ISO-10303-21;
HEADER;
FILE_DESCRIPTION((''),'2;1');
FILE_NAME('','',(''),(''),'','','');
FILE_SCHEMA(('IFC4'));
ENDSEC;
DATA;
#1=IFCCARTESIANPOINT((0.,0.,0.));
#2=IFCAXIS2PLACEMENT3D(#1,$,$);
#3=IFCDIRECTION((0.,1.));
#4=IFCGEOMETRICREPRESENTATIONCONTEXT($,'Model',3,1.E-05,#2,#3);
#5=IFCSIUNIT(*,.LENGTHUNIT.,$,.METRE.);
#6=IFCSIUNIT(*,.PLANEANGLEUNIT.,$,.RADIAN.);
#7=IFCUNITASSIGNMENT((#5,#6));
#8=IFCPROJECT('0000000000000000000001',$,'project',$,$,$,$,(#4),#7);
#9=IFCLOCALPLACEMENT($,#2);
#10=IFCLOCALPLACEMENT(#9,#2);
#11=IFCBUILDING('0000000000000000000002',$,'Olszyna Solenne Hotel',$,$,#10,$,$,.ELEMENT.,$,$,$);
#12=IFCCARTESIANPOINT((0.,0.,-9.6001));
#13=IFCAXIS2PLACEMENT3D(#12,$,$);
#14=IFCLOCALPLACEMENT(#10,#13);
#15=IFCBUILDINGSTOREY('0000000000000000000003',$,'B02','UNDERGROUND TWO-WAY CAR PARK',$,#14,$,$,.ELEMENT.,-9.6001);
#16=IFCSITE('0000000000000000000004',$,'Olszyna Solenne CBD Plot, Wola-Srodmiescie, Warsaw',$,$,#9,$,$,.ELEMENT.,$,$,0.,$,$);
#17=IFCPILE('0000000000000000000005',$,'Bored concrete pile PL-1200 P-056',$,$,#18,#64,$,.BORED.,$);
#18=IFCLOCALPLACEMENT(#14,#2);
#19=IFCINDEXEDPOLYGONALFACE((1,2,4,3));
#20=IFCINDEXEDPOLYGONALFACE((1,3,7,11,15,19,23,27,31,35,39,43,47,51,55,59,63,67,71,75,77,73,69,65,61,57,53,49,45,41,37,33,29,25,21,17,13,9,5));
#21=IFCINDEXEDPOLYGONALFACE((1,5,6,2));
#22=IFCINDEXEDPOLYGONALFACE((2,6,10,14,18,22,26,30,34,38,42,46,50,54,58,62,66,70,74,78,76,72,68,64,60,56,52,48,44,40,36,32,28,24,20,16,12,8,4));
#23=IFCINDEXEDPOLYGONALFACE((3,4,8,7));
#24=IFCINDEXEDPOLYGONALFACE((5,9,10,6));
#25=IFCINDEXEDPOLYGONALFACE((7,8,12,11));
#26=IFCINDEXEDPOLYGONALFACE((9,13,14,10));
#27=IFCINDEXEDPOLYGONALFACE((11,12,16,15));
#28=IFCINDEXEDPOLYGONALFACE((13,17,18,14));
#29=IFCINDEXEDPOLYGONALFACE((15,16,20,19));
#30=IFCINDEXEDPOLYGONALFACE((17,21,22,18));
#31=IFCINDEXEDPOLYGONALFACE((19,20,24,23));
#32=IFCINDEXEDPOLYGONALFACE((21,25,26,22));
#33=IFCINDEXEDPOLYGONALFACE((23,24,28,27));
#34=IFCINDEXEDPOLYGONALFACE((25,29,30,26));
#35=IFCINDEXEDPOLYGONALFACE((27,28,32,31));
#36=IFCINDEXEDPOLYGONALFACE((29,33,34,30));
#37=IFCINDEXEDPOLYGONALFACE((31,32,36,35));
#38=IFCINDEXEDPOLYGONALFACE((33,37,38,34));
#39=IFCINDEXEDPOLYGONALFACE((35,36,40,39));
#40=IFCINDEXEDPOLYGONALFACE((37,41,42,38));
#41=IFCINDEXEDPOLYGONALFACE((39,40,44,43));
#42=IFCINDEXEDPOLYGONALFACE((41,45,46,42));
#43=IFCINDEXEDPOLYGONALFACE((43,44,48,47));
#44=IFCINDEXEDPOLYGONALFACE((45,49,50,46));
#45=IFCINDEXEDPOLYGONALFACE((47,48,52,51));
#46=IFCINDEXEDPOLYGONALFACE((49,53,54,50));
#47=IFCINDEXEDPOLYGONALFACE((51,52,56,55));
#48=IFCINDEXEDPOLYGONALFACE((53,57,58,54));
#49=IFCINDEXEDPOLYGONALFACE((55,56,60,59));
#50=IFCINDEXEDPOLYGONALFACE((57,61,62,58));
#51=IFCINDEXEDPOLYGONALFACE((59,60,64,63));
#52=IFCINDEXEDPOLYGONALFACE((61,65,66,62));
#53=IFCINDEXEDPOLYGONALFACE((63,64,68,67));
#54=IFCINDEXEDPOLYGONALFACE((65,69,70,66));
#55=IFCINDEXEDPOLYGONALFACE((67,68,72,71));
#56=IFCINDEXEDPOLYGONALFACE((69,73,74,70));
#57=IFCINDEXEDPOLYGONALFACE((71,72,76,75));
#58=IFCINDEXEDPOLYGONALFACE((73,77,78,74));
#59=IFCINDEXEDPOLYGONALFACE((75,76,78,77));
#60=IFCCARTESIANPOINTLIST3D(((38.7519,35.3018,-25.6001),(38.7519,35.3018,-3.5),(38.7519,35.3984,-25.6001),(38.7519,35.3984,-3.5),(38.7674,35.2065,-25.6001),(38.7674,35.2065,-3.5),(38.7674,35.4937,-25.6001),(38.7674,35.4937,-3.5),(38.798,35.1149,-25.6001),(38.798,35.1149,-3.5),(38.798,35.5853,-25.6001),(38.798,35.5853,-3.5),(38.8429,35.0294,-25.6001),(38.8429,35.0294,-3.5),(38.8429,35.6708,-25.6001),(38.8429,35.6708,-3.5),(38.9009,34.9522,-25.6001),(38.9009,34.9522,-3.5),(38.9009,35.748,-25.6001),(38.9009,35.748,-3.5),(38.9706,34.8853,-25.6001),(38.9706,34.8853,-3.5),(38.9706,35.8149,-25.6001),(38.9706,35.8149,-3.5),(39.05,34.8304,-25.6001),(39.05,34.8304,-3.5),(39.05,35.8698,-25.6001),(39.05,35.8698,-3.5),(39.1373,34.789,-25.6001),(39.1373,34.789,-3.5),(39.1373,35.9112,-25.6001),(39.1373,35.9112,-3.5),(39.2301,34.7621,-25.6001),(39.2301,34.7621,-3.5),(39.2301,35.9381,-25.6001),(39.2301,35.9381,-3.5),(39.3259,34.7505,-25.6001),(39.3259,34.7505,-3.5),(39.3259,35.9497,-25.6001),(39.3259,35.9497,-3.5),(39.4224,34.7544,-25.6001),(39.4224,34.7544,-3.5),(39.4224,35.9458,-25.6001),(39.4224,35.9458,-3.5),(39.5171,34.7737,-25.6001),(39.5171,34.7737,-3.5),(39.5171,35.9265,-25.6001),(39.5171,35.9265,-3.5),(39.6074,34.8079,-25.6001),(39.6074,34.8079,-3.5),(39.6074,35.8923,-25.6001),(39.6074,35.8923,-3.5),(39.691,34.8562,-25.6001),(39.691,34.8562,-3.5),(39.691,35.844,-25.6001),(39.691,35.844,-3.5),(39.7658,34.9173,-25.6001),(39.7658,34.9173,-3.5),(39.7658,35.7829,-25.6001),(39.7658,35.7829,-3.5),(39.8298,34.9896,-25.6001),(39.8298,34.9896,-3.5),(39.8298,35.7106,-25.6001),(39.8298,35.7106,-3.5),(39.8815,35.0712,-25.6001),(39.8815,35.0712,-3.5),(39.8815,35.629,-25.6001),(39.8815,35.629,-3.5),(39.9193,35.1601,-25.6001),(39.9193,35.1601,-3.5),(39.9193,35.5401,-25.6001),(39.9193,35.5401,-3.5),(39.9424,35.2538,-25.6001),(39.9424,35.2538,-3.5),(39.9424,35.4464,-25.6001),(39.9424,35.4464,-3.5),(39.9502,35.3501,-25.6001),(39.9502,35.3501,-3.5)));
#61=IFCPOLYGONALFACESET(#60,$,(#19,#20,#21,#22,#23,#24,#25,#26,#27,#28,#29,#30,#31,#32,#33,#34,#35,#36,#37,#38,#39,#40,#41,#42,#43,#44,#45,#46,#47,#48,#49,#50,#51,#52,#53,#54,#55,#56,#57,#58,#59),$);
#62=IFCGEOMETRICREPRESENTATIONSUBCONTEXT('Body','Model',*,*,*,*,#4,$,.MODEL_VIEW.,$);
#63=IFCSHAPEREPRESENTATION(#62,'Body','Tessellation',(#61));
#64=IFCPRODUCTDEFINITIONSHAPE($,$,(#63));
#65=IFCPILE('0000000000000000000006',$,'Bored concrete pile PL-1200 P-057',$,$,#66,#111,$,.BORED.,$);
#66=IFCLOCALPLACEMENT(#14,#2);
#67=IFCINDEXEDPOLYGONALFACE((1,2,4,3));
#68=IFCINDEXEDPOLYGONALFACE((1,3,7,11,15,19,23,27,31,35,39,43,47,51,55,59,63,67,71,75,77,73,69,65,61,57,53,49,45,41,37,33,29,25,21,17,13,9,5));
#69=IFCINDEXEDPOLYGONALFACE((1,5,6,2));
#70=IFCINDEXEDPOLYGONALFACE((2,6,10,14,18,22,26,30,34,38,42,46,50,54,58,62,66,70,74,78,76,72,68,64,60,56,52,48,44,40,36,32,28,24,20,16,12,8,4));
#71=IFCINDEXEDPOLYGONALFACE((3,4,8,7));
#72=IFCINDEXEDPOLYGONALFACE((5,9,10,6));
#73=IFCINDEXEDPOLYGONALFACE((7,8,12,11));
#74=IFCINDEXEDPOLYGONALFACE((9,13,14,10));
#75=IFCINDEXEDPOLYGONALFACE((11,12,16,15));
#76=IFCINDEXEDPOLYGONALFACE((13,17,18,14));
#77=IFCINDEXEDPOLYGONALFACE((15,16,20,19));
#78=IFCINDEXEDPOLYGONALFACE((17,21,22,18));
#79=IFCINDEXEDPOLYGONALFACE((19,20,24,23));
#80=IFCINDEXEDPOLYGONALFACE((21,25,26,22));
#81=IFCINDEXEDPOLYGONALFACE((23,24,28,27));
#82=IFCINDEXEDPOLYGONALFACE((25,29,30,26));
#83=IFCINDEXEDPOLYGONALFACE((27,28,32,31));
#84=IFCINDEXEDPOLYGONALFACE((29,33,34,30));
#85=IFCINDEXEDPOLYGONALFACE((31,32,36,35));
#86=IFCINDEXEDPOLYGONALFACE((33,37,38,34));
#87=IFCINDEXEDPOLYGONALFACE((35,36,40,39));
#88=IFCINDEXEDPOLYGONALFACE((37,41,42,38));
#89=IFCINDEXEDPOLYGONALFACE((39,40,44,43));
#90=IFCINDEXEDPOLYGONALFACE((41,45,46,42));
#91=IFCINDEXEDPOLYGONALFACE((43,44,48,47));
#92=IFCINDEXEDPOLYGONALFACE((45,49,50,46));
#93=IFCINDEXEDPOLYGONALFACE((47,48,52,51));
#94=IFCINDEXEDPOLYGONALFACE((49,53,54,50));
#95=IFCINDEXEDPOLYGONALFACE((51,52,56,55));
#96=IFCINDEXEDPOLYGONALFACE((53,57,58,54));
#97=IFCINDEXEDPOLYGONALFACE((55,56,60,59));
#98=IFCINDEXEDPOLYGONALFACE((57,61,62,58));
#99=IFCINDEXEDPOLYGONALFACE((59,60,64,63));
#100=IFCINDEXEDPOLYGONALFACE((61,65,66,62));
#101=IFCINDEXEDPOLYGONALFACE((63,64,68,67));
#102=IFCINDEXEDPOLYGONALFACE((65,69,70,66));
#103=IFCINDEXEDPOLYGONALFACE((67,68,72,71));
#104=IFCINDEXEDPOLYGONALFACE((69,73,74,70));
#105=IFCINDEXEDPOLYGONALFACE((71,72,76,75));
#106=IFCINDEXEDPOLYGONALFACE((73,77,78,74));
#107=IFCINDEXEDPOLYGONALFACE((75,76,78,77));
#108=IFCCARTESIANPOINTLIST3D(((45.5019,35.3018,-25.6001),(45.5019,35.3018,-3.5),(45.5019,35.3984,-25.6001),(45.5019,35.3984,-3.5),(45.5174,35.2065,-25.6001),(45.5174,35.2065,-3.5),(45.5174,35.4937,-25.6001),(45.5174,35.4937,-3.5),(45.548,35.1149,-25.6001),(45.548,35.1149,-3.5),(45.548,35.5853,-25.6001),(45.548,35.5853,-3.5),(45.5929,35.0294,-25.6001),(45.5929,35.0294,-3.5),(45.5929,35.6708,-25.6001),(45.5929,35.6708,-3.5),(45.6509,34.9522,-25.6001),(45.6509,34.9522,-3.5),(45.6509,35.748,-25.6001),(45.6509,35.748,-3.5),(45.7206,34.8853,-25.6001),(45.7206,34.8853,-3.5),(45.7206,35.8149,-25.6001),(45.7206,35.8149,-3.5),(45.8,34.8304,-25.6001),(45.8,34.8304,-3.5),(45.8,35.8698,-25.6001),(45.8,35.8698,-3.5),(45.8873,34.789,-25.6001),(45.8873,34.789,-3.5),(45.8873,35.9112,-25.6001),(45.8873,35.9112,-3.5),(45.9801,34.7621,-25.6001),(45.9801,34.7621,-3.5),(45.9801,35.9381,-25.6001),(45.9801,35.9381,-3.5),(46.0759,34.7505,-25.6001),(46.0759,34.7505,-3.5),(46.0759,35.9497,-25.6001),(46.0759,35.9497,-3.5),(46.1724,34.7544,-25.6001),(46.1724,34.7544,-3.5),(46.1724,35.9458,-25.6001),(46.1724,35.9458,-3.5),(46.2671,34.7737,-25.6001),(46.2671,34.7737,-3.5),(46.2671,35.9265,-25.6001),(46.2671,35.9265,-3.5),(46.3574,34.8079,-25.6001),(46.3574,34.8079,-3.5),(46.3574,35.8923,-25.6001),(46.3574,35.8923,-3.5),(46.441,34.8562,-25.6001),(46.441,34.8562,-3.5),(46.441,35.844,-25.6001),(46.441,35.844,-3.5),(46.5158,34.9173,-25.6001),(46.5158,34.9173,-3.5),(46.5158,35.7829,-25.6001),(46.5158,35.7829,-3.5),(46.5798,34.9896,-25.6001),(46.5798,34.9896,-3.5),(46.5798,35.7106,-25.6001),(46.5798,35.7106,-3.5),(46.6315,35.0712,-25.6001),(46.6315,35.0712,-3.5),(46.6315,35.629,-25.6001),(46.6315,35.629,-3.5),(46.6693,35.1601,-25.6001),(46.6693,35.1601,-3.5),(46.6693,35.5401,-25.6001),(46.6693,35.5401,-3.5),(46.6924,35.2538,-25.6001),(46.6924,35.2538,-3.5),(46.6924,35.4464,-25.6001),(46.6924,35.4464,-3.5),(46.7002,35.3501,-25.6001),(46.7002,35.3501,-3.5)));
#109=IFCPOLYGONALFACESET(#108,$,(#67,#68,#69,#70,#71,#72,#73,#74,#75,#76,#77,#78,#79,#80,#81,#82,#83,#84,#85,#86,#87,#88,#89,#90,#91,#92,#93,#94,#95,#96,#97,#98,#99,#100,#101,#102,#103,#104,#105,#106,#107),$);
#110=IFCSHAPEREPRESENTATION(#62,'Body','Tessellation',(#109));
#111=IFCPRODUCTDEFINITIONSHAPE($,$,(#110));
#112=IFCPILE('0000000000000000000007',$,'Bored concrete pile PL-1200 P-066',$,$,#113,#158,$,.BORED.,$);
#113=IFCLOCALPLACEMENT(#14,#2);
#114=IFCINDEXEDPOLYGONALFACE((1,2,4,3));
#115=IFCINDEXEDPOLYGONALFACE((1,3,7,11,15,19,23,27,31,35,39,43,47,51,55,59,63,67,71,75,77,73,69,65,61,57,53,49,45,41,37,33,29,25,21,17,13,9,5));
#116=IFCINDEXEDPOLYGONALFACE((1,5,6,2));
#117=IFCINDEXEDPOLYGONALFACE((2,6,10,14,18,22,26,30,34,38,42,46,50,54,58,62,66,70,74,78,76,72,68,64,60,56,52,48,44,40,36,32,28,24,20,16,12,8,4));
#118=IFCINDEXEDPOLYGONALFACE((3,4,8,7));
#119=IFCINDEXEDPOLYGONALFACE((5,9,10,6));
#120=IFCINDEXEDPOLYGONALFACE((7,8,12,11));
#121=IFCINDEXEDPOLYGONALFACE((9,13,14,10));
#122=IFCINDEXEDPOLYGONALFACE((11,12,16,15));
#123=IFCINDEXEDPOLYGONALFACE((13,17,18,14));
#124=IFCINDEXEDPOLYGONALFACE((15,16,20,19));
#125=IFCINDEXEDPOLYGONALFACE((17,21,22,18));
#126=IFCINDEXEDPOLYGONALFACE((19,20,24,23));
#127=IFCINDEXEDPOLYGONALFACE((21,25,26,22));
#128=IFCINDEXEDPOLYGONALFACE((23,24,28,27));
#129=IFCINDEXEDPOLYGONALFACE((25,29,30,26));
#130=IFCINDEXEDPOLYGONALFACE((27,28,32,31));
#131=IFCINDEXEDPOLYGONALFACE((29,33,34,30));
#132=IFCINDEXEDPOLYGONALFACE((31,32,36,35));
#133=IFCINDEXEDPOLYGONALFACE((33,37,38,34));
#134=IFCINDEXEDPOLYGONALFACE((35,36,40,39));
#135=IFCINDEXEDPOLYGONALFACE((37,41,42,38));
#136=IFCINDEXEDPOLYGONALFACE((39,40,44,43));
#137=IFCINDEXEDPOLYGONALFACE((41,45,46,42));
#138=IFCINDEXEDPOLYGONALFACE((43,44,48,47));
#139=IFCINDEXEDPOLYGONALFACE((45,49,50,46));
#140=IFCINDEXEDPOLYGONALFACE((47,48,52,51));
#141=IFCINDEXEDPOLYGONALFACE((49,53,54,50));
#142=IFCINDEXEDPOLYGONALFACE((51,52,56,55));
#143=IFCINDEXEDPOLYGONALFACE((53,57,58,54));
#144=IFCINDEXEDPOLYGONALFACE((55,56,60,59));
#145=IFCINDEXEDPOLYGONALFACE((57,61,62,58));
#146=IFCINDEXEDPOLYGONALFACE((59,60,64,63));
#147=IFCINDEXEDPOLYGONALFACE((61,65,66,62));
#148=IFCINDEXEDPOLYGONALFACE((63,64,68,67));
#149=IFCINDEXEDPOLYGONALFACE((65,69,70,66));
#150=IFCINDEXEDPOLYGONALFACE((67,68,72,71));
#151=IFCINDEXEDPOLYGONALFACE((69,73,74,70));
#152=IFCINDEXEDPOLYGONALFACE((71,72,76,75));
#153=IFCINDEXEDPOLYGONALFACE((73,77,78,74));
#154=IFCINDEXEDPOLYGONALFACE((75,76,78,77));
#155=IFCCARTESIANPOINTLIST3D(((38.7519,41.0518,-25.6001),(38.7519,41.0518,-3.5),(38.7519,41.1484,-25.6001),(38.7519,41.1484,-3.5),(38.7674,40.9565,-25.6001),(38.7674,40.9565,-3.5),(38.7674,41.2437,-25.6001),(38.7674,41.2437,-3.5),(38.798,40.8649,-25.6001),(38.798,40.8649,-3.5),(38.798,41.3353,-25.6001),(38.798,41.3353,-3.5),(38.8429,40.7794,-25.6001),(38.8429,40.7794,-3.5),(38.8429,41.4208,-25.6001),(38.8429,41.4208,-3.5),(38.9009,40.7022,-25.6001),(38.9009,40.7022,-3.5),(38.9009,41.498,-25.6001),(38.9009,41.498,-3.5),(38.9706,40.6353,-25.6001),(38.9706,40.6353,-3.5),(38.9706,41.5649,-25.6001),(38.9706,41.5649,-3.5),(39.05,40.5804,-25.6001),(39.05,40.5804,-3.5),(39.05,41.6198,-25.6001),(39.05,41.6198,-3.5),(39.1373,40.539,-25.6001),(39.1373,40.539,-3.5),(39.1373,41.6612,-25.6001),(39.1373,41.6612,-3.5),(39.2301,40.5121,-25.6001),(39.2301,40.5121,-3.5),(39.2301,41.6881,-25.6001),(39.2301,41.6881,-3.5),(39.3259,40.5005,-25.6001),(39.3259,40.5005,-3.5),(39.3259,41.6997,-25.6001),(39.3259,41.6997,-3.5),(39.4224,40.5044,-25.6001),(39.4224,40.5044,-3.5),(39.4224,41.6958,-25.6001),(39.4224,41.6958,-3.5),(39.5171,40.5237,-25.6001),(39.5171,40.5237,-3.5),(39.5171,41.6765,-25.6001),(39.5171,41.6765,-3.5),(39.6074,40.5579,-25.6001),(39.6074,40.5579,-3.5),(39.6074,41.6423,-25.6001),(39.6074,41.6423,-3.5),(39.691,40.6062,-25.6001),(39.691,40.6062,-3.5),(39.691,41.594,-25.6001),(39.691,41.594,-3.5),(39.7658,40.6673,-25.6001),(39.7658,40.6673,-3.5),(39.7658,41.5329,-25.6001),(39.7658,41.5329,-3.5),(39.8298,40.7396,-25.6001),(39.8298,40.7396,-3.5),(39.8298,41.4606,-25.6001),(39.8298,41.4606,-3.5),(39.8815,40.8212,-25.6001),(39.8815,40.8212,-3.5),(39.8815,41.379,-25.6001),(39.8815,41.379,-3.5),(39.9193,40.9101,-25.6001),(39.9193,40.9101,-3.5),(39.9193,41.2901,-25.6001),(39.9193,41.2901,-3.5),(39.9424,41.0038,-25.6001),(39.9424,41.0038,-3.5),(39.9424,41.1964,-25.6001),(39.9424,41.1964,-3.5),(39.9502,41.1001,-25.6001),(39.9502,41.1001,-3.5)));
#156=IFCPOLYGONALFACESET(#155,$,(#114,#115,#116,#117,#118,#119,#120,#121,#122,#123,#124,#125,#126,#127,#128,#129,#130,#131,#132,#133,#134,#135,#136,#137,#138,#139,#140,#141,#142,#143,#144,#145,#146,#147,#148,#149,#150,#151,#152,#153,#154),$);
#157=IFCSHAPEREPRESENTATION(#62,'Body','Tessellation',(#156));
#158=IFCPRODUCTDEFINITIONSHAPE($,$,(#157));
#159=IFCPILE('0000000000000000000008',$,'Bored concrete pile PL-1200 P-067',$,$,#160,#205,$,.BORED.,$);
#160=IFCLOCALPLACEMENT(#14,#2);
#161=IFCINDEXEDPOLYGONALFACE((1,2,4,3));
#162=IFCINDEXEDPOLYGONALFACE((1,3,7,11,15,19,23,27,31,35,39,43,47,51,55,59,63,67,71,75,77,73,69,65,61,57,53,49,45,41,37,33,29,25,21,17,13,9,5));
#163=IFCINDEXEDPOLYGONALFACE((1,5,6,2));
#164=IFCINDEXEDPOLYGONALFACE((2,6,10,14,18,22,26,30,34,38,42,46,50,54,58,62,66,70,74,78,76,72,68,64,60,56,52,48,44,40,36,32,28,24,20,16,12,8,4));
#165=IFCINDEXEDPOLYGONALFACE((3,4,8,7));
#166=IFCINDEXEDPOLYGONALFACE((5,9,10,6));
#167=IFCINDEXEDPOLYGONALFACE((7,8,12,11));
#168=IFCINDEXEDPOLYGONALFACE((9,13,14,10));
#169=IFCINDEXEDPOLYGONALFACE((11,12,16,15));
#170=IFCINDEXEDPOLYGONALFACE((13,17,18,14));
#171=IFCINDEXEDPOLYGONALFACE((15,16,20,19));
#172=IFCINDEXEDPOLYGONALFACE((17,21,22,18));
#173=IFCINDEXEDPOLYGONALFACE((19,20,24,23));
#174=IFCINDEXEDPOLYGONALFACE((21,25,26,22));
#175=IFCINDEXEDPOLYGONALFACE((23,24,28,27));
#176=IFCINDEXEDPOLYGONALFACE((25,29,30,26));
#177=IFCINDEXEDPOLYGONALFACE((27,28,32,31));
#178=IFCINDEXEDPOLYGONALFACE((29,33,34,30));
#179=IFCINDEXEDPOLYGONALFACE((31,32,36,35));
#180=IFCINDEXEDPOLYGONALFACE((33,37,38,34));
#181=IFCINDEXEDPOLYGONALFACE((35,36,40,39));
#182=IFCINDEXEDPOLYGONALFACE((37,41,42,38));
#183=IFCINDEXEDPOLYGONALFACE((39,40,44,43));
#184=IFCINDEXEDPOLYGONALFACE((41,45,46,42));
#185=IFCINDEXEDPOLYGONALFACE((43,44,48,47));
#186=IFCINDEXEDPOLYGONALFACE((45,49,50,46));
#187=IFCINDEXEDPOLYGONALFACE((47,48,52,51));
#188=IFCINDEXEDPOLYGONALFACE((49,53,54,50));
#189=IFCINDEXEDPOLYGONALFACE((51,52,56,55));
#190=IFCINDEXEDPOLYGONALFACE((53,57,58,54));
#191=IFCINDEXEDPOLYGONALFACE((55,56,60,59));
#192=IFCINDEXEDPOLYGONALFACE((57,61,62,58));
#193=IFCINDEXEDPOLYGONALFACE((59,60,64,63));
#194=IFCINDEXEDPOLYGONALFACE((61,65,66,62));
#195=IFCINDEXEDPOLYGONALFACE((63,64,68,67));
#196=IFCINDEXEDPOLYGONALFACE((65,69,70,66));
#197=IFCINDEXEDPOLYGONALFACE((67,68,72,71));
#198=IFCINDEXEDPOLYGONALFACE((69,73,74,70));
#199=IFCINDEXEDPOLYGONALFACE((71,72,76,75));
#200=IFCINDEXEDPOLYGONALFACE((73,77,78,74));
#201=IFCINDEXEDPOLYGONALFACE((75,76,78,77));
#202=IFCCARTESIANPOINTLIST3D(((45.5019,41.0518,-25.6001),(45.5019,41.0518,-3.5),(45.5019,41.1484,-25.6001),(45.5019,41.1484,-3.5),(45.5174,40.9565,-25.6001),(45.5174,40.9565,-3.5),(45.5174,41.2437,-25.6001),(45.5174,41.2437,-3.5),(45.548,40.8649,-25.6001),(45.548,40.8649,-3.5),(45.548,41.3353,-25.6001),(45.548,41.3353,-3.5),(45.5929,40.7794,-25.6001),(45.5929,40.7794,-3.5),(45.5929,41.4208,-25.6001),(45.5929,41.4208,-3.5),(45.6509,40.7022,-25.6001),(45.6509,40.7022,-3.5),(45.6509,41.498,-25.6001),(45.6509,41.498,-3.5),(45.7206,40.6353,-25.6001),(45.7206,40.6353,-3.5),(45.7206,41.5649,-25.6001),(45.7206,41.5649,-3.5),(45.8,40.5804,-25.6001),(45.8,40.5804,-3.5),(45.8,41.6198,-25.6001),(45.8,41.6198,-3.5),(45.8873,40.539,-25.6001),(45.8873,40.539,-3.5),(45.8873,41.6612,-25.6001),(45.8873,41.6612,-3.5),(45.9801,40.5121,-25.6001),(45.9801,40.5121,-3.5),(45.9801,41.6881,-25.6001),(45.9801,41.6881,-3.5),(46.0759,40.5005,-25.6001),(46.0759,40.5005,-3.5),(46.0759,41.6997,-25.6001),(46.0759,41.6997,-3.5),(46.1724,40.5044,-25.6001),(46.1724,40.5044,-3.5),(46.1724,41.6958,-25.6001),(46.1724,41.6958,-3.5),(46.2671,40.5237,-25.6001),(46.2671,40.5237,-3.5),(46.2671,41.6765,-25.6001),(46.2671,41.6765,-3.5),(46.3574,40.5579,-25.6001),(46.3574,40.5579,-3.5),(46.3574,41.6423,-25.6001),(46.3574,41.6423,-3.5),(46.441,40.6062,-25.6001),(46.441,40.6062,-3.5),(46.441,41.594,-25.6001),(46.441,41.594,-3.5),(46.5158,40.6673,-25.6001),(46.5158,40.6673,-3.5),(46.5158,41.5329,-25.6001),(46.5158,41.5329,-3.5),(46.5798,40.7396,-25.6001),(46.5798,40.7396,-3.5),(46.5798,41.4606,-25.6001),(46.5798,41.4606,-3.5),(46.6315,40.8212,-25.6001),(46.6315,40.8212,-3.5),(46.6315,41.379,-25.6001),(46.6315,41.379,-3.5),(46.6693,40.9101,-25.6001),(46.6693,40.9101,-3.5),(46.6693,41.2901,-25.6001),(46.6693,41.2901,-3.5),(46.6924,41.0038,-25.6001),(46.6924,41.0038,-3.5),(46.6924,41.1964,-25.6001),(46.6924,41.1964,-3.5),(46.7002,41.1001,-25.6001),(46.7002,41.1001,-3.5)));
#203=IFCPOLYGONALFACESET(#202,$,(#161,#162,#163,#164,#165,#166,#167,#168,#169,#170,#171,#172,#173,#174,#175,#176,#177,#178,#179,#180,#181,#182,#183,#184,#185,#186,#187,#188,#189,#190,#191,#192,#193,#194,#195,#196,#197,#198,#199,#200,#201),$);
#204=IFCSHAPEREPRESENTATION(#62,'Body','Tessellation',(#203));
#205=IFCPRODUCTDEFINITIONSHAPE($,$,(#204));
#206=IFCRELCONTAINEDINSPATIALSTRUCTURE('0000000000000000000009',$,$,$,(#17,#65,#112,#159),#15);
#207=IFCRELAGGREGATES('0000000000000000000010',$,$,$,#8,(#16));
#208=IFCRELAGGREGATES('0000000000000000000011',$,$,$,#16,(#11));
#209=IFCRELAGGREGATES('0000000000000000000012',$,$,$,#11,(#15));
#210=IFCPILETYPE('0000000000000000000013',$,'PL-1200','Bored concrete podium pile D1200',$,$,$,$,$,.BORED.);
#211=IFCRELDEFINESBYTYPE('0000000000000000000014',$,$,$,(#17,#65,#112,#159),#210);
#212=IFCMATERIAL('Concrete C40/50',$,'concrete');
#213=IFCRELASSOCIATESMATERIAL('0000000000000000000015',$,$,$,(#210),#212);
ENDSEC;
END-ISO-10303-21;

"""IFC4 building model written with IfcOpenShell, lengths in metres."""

from ifc_helpers import new_model, si_unit, direction, frame, origin, origin_2d, place, context, subcontext, project, spatial, circle, extrude, source, transform, mapped, material, material_profile, profile_set, type_object, element, save


model = new_model("IFC4")

# Units and contexts
model_context = context("Model", 3, precision=1e-05, world=origin(), true_north=direction((0.0, 1.0)))
body_context = subcontext(model_context, "Body", "Model", "MODEL_VIEW")
ifc_project = project(units=[si_unit("LENGTHUNIT", "METRE"), si_unit("PLANEANGLEUNIT", "RADIAN")], contexts=[model_context])

# Site, building, storey
site_placement = place(None, origin())
site = spatial("IfcSite", under=ifc_project, at=site_placement, Name="Olszyna Solenne CBD Plot, Wola-Srodmiescie, Warsaw", CompositionType="ELEMENT", RefElevation=0.0)
building_placement = place(site_placement, origin())
building = spatial("IfcBuilding", under=site, at=building_placement, Name="Olszyna Solenne Hotel", CompositionType="ELEMENT")
storey_placement = place(building_placement, frame((0.0, 0.0, -9.6001)))
storey = spatial("IfcBuildingStorey", under=building, at=storey_placement, Name="B02", Description="UNDERGROUND TWO-WAY CAR PARK", CompositionType="ELEMENT", Elevation=-9.6001)

# Piles
ifc_material_1 = material(Name="Concrete C40/50", Category="concrete")
ifc_material_profile_1 = material_profile(ifc_material_1, circle(Radius=0.6001, at=origin_2d()), Name="BORED PILE 1200", Category="load-bearing")
ifc_profile_set_1 = profile_set([ifc_material_profile_1], Name="Concrete C40/50")
pile_type_1 = type_object("IfcPileType", Name="PL-1200", Description="Bored concrete podium pile D1200", PredefinedType="BORED", material=ifc_profile_set_1)
shared_shape_1 = source(origin(), body_context, "Body", "SweptSolid", [
    extrude(circle(Radius=0.6001, at=origin_2d()), origin(), (0.0, 0.0, 1.0), 22.1001),
])
for number, where, z_axis, x_axis, name in (
    (1, (39.3501, 35.3501, -3.5), (0.0, 0.0, -1.0), (1.0, 0.0, 0.0), "Bored concrete pile PL-1200 P-056"),
    (2, (46.1001, 35.3501, -3.5), (0.0, 0.0, -1.0), (1.0, 0.0, 0.0), "Bored concrete pile PL-1200 P-057"),
    (3, (39.3501, 41.1001, -3.5), (0.0, 0.0, -1.0), (1.0, 0.0, 0.0), "Bored concrete pile PL-1200 P-066"),
    (4, (46.1001, 41.1001, -3.5), (0.0, 0.0, -1.0), (1.0, 0.0, 0.0), "Bored concrete pile PL-1200 P-067"),
):
    element("IfcPile", number, at=place(storey_placement, frame(where, z_axis=z_axis, x_axis=x_axis)), inside=storey, type_object=pile_type_1, Name=name, PredefinedType="BORED", context=body_context, shape_type="MappedRepresentation", body=[
        mapped(shared_shape_1, transform((0.0, 0.0, 0.0), x_axis=(1.0, 0.0, 0.0), y_axis=(0.0, 1.0, 0.0), z_axis=(0.0, 0.0, 1.0), scale=1.0)),
    ])

save(model, "model.ifc")
